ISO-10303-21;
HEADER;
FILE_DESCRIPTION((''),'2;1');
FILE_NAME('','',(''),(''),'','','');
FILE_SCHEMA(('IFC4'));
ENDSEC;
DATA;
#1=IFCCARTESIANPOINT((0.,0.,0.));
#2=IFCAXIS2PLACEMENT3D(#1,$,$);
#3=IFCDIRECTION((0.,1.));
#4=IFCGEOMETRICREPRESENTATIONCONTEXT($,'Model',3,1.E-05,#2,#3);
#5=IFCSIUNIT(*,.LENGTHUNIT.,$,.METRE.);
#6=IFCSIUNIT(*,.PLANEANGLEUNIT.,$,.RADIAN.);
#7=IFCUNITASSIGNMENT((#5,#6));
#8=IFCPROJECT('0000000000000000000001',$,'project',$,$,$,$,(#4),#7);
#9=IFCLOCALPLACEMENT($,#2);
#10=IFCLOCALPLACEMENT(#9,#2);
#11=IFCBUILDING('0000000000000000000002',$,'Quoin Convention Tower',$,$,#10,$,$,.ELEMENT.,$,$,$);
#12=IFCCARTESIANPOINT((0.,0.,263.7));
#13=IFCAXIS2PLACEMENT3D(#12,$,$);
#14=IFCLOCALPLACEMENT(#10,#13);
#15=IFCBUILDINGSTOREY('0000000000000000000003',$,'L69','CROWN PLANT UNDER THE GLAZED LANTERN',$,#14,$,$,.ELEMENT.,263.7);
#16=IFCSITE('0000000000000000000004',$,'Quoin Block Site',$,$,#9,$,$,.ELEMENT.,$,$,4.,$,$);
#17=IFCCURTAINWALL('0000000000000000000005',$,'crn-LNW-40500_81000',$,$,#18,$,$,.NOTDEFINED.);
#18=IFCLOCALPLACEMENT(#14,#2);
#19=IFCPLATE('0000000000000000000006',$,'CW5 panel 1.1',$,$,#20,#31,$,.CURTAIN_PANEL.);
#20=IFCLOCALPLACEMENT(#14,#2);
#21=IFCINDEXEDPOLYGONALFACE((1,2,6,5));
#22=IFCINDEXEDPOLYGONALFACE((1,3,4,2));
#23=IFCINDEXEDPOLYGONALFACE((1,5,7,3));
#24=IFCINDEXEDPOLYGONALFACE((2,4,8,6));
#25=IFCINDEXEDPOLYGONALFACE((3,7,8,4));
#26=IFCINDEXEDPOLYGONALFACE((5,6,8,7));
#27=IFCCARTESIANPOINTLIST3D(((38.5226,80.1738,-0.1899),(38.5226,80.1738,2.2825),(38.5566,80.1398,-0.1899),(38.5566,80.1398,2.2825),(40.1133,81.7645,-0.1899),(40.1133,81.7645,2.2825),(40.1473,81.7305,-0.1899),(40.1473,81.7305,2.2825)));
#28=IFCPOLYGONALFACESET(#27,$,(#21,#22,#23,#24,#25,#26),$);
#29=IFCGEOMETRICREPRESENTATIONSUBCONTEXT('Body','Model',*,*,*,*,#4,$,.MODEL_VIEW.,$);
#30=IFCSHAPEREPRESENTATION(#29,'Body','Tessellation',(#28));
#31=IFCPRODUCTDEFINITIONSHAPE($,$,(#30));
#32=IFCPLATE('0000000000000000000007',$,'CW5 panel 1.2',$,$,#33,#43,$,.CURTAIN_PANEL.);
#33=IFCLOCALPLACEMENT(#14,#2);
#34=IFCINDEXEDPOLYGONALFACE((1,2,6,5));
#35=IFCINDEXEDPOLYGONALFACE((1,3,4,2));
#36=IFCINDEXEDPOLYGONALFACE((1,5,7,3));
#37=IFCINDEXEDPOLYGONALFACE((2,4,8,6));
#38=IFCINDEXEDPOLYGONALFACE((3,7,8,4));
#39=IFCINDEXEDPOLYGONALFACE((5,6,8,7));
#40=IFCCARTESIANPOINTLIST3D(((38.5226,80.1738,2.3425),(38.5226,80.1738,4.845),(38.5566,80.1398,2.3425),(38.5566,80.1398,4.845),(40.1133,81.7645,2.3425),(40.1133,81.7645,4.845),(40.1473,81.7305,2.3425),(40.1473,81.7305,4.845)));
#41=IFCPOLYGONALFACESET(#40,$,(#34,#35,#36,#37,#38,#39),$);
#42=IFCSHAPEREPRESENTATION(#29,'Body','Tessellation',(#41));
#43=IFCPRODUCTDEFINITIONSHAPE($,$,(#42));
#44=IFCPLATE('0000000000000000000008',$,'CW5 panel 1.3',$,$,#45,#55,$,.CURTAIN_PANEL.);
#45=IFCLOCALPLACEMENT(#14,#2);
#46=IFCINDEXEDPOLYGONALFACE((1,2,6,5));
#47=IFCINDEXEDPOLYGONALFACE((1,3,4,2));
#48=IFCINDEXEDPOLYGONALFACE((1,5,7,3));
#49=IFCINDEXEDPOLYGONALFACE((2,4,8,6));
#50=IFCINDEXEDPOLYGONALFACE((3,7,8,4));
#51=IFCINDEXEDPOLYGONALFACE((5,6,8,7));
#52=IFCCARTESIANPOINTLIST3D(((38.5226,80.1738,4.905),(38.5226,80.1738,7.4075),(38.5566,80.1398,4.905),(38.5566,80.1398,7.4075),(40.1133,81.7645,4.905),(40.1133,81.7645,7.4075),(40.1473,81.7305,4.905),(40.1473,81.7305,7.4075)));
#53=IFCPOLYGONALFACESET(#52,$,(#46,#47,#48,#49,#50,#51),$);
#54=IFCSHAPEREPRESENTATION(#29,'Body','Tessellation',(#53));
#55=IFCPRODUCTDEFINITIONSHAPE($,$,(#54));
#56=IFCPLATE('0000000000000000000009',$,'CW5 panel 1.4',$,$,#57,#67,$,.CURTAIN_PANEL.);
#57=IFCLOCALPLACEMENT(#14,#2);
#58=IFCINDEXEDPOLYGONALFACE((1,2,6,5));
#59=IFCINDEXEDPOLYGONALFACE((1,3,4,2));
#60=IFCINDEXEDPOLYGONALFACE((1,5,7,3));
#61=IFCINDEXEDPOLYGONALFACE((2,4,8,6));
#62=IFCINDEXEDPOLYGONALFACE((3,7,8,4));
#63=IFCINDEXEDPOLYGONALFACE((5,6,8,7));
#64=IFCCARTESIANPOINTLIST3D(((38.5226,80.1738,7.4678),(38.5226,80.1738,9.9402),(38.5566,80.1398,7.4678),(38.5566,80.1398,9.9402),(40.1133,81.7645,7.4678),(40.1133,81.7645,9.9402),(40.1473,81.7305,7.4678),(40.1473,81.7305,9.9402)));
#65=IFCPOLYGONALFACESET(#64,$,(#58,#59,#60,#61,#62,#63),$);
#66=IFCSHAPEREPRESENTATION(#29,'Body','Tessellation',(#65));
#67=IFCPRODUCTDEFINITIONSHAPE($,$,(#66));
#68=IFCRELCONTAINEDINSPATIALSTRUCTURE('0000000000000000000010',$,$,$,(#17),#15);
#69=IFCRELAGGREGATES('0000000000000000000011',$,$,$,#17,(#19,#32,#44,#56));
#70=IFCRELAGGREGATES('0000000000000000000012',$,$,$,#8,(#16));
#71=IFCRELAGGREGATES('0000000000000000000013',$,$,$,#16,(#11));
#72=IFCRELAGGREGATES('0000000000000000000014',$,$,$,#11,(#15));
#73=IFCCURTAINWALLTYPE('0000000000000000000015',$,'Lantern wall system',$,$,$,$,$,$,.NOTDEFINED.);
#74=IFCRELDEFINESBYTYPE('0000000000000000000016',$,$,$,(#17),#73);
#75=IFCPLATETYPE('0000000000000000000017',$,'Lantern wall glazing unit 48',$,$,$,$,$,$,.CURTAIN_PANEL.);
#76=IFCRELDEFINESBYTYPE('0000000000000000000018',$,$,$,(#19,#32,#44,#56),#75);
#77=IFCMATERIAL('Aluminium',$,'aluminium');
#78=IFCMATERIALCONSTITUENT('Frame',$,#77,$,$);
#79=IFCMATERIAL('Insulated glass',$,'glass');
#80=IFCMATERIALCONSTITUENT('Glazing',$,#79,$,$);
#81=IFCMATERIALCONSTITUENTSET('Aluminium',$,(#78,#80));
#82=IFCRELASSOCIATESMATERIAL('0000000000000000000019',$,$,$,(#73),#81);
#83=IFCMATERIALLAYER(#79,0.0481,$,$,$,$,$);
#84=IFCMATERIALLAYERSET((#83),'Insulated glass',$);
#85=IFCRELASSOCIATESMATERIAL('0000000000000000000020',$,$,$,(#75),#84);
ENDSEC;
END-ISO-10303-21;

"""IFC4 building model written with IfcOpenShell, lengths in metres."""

from ifc_helpers import new_model, si_unit, direction, frame, origin, origin_2d, place, context, subcontext, project, spatial, rectangle, extrude, material, layer, layer_set, constituent, constituent_set, type_object, element, aggregate, save


model = new_model("IFC4")

# Units and contexts
model_context = context("Model", 3, precision=1e-05, world=origin(), true_north=direction((0.0, 1.0)))
body_context = subcontext(model_context, "Body", "Model", "MODEL_VIEW")
ifc_project = project(units=[si_unit("LENGTHUNIT", "METRE"), si_unit("PLANEANGLEUNIT", "RADIAN")], contexts=[model_context])

# Site, building, storey
site_placement = place(None, origin())
site = spatial("IfcSite", under=ifc_project, at=site_placement, Name="Quoin Block Site", CompositionType="ELEMENT", RefElevation=4.0)
building_placement = place(site_placement, origin())
building = spatial("IfcBuilding", under=site, at=building_placement, Name="Quoin Convention Tower", CompositionType="ELEMENT")
storey_placement = place(building_placement, frame((0.0, 0.0, 263.7)))
storey = spatial("IfcBuildingStorey", under=building, at=storey_placement, Name="L69", Description="CROWN PLANT UNDER THE GLAZED LANTERN", CompositionType="ELEMENT", Elevation=263.7)

# Curtain wall
ifc_material_1 = material(Name="Aluminium", Category="aluminium")
ifc_constituent_1 = constituent(ifc_material_1, Name="Frame")
ifc_material_2 = material(Name="Insulated glass", Category="glass")
ifc_constituent_2 = constituent(ifc_material_2, Name="Glazing")
ifc_constituent_set = constituent_set(constituents=[ifc_constituent_1, ifc_constituent_2], Name="Aluminium")
curtain_wall_type = type_object("IfcCurtainWallType", Name="Lantern wall system", PredefinedType="NOTDEFINED", material=ifc_constituent_set)
curtain_wall_1_placement = place(storey_placement, origin())
curtain_wall_1 = element("IfcCurtainWall", 1, at=curtain_wall_1_placement, inside=storey, type_object=curtain_wall_type, Name="crn-LNW-40500_81000", PredefinedType="NOTDEFINED")

# Plates
ifc_layer = layer(ifc_material_2, 0.0481)
ifc_layer_set = layer_set([ifc_layer], Name="Insulated glass")
plate_type = type_object("IfcPlateType", Name="Lantern wall glazing unit 48", PredefinedType="CURTAIN_PANEL", material=ifc_layer_set)
plate_1_placement = place(storey_placement, frame((39.335, 80.9521, -0.1899), z_axis=(0.0, 0.0, 1.0), x_axis=(-0.707107, -0.707107, 0.0)))
plate_1 = element("IfcPlate", 2, at=plate_1_placement, type_object=plate_type, Name="CW5 panel 1.1", PredefinedType="CURTAIN_PANEL", context=body_context, shape_type="SweptSolid", body=[
    extrude(rectangle(XDim=2.2495, YDim=0.0481, at=origin_2d()), origin(), (0.0, 0.0, 1.0), 2.4724),
])
plate_2_placement = place(storey_placement, frame((39.335, 80.9521, 2.3425), z_axis=(0.0, 0.0, 1.0), x_axis=(-0.707107, -0.707107, 0.0)))
plate_2 = element("IfcPlate", 3, at=plate_2_placement, type_object=plate_type, Name="CW5 panel 1.2", PredefinedType="CURTAIN_PANEL", context=body_context, shape_type="SweptSolid", body=[
    extrude(rectangle(XDim=2.2495, YDim=0.0481, at=origin_2d()), origin(), (0.0, 0.0, 1.0), 2.5024),
])
plate_3_placement = place(storey_placement, frame((39.335, 80.9521, 4.905), z_axis=(0.0, 0.0, 1.0), x_axis=(-0.707107, -0.707107, 0.0)))
plate_3 = element("IfcPlate", 4, at=plate_3_placement, type_object=plate_type, Name="CW5 panel 1.3", PredefinedType="CURTAIN_PANEL", context=body_context, shape_type="SweptSolid", body=[
    extrude(rectangle(XDim=2.2495, YDim=0.0481, at=origin_2d()), origin(), (0.0, 0.0, 1.0), 2.5024),
])
plate_4_placement = place(storey_placement, frame((39.335, 80.9521, 7.4678), z_axis=(0.0, 0.0, 1.0), x_axis=(-0.707107, -0.707107, 0.0)))
plate_4 = element("IfcPlate", 5, at=plate_4_placement, type_object=plate_type, Name="CW5 panel 1.4", PredefinedType="CURTAIN_PANEL", context=body_context, shape_type="SweptSolid", body=[
    extrude(rectangle(XDim=2.2495, YDim=0.0481, at=origin_2d()), origin(), (0.0, 0.0, 1.0), 2.4724),
])
aggregate(curtain_wall_1, [plate_1, plate_2, plate_3, plate_4])

save(model, "model.ifc")
